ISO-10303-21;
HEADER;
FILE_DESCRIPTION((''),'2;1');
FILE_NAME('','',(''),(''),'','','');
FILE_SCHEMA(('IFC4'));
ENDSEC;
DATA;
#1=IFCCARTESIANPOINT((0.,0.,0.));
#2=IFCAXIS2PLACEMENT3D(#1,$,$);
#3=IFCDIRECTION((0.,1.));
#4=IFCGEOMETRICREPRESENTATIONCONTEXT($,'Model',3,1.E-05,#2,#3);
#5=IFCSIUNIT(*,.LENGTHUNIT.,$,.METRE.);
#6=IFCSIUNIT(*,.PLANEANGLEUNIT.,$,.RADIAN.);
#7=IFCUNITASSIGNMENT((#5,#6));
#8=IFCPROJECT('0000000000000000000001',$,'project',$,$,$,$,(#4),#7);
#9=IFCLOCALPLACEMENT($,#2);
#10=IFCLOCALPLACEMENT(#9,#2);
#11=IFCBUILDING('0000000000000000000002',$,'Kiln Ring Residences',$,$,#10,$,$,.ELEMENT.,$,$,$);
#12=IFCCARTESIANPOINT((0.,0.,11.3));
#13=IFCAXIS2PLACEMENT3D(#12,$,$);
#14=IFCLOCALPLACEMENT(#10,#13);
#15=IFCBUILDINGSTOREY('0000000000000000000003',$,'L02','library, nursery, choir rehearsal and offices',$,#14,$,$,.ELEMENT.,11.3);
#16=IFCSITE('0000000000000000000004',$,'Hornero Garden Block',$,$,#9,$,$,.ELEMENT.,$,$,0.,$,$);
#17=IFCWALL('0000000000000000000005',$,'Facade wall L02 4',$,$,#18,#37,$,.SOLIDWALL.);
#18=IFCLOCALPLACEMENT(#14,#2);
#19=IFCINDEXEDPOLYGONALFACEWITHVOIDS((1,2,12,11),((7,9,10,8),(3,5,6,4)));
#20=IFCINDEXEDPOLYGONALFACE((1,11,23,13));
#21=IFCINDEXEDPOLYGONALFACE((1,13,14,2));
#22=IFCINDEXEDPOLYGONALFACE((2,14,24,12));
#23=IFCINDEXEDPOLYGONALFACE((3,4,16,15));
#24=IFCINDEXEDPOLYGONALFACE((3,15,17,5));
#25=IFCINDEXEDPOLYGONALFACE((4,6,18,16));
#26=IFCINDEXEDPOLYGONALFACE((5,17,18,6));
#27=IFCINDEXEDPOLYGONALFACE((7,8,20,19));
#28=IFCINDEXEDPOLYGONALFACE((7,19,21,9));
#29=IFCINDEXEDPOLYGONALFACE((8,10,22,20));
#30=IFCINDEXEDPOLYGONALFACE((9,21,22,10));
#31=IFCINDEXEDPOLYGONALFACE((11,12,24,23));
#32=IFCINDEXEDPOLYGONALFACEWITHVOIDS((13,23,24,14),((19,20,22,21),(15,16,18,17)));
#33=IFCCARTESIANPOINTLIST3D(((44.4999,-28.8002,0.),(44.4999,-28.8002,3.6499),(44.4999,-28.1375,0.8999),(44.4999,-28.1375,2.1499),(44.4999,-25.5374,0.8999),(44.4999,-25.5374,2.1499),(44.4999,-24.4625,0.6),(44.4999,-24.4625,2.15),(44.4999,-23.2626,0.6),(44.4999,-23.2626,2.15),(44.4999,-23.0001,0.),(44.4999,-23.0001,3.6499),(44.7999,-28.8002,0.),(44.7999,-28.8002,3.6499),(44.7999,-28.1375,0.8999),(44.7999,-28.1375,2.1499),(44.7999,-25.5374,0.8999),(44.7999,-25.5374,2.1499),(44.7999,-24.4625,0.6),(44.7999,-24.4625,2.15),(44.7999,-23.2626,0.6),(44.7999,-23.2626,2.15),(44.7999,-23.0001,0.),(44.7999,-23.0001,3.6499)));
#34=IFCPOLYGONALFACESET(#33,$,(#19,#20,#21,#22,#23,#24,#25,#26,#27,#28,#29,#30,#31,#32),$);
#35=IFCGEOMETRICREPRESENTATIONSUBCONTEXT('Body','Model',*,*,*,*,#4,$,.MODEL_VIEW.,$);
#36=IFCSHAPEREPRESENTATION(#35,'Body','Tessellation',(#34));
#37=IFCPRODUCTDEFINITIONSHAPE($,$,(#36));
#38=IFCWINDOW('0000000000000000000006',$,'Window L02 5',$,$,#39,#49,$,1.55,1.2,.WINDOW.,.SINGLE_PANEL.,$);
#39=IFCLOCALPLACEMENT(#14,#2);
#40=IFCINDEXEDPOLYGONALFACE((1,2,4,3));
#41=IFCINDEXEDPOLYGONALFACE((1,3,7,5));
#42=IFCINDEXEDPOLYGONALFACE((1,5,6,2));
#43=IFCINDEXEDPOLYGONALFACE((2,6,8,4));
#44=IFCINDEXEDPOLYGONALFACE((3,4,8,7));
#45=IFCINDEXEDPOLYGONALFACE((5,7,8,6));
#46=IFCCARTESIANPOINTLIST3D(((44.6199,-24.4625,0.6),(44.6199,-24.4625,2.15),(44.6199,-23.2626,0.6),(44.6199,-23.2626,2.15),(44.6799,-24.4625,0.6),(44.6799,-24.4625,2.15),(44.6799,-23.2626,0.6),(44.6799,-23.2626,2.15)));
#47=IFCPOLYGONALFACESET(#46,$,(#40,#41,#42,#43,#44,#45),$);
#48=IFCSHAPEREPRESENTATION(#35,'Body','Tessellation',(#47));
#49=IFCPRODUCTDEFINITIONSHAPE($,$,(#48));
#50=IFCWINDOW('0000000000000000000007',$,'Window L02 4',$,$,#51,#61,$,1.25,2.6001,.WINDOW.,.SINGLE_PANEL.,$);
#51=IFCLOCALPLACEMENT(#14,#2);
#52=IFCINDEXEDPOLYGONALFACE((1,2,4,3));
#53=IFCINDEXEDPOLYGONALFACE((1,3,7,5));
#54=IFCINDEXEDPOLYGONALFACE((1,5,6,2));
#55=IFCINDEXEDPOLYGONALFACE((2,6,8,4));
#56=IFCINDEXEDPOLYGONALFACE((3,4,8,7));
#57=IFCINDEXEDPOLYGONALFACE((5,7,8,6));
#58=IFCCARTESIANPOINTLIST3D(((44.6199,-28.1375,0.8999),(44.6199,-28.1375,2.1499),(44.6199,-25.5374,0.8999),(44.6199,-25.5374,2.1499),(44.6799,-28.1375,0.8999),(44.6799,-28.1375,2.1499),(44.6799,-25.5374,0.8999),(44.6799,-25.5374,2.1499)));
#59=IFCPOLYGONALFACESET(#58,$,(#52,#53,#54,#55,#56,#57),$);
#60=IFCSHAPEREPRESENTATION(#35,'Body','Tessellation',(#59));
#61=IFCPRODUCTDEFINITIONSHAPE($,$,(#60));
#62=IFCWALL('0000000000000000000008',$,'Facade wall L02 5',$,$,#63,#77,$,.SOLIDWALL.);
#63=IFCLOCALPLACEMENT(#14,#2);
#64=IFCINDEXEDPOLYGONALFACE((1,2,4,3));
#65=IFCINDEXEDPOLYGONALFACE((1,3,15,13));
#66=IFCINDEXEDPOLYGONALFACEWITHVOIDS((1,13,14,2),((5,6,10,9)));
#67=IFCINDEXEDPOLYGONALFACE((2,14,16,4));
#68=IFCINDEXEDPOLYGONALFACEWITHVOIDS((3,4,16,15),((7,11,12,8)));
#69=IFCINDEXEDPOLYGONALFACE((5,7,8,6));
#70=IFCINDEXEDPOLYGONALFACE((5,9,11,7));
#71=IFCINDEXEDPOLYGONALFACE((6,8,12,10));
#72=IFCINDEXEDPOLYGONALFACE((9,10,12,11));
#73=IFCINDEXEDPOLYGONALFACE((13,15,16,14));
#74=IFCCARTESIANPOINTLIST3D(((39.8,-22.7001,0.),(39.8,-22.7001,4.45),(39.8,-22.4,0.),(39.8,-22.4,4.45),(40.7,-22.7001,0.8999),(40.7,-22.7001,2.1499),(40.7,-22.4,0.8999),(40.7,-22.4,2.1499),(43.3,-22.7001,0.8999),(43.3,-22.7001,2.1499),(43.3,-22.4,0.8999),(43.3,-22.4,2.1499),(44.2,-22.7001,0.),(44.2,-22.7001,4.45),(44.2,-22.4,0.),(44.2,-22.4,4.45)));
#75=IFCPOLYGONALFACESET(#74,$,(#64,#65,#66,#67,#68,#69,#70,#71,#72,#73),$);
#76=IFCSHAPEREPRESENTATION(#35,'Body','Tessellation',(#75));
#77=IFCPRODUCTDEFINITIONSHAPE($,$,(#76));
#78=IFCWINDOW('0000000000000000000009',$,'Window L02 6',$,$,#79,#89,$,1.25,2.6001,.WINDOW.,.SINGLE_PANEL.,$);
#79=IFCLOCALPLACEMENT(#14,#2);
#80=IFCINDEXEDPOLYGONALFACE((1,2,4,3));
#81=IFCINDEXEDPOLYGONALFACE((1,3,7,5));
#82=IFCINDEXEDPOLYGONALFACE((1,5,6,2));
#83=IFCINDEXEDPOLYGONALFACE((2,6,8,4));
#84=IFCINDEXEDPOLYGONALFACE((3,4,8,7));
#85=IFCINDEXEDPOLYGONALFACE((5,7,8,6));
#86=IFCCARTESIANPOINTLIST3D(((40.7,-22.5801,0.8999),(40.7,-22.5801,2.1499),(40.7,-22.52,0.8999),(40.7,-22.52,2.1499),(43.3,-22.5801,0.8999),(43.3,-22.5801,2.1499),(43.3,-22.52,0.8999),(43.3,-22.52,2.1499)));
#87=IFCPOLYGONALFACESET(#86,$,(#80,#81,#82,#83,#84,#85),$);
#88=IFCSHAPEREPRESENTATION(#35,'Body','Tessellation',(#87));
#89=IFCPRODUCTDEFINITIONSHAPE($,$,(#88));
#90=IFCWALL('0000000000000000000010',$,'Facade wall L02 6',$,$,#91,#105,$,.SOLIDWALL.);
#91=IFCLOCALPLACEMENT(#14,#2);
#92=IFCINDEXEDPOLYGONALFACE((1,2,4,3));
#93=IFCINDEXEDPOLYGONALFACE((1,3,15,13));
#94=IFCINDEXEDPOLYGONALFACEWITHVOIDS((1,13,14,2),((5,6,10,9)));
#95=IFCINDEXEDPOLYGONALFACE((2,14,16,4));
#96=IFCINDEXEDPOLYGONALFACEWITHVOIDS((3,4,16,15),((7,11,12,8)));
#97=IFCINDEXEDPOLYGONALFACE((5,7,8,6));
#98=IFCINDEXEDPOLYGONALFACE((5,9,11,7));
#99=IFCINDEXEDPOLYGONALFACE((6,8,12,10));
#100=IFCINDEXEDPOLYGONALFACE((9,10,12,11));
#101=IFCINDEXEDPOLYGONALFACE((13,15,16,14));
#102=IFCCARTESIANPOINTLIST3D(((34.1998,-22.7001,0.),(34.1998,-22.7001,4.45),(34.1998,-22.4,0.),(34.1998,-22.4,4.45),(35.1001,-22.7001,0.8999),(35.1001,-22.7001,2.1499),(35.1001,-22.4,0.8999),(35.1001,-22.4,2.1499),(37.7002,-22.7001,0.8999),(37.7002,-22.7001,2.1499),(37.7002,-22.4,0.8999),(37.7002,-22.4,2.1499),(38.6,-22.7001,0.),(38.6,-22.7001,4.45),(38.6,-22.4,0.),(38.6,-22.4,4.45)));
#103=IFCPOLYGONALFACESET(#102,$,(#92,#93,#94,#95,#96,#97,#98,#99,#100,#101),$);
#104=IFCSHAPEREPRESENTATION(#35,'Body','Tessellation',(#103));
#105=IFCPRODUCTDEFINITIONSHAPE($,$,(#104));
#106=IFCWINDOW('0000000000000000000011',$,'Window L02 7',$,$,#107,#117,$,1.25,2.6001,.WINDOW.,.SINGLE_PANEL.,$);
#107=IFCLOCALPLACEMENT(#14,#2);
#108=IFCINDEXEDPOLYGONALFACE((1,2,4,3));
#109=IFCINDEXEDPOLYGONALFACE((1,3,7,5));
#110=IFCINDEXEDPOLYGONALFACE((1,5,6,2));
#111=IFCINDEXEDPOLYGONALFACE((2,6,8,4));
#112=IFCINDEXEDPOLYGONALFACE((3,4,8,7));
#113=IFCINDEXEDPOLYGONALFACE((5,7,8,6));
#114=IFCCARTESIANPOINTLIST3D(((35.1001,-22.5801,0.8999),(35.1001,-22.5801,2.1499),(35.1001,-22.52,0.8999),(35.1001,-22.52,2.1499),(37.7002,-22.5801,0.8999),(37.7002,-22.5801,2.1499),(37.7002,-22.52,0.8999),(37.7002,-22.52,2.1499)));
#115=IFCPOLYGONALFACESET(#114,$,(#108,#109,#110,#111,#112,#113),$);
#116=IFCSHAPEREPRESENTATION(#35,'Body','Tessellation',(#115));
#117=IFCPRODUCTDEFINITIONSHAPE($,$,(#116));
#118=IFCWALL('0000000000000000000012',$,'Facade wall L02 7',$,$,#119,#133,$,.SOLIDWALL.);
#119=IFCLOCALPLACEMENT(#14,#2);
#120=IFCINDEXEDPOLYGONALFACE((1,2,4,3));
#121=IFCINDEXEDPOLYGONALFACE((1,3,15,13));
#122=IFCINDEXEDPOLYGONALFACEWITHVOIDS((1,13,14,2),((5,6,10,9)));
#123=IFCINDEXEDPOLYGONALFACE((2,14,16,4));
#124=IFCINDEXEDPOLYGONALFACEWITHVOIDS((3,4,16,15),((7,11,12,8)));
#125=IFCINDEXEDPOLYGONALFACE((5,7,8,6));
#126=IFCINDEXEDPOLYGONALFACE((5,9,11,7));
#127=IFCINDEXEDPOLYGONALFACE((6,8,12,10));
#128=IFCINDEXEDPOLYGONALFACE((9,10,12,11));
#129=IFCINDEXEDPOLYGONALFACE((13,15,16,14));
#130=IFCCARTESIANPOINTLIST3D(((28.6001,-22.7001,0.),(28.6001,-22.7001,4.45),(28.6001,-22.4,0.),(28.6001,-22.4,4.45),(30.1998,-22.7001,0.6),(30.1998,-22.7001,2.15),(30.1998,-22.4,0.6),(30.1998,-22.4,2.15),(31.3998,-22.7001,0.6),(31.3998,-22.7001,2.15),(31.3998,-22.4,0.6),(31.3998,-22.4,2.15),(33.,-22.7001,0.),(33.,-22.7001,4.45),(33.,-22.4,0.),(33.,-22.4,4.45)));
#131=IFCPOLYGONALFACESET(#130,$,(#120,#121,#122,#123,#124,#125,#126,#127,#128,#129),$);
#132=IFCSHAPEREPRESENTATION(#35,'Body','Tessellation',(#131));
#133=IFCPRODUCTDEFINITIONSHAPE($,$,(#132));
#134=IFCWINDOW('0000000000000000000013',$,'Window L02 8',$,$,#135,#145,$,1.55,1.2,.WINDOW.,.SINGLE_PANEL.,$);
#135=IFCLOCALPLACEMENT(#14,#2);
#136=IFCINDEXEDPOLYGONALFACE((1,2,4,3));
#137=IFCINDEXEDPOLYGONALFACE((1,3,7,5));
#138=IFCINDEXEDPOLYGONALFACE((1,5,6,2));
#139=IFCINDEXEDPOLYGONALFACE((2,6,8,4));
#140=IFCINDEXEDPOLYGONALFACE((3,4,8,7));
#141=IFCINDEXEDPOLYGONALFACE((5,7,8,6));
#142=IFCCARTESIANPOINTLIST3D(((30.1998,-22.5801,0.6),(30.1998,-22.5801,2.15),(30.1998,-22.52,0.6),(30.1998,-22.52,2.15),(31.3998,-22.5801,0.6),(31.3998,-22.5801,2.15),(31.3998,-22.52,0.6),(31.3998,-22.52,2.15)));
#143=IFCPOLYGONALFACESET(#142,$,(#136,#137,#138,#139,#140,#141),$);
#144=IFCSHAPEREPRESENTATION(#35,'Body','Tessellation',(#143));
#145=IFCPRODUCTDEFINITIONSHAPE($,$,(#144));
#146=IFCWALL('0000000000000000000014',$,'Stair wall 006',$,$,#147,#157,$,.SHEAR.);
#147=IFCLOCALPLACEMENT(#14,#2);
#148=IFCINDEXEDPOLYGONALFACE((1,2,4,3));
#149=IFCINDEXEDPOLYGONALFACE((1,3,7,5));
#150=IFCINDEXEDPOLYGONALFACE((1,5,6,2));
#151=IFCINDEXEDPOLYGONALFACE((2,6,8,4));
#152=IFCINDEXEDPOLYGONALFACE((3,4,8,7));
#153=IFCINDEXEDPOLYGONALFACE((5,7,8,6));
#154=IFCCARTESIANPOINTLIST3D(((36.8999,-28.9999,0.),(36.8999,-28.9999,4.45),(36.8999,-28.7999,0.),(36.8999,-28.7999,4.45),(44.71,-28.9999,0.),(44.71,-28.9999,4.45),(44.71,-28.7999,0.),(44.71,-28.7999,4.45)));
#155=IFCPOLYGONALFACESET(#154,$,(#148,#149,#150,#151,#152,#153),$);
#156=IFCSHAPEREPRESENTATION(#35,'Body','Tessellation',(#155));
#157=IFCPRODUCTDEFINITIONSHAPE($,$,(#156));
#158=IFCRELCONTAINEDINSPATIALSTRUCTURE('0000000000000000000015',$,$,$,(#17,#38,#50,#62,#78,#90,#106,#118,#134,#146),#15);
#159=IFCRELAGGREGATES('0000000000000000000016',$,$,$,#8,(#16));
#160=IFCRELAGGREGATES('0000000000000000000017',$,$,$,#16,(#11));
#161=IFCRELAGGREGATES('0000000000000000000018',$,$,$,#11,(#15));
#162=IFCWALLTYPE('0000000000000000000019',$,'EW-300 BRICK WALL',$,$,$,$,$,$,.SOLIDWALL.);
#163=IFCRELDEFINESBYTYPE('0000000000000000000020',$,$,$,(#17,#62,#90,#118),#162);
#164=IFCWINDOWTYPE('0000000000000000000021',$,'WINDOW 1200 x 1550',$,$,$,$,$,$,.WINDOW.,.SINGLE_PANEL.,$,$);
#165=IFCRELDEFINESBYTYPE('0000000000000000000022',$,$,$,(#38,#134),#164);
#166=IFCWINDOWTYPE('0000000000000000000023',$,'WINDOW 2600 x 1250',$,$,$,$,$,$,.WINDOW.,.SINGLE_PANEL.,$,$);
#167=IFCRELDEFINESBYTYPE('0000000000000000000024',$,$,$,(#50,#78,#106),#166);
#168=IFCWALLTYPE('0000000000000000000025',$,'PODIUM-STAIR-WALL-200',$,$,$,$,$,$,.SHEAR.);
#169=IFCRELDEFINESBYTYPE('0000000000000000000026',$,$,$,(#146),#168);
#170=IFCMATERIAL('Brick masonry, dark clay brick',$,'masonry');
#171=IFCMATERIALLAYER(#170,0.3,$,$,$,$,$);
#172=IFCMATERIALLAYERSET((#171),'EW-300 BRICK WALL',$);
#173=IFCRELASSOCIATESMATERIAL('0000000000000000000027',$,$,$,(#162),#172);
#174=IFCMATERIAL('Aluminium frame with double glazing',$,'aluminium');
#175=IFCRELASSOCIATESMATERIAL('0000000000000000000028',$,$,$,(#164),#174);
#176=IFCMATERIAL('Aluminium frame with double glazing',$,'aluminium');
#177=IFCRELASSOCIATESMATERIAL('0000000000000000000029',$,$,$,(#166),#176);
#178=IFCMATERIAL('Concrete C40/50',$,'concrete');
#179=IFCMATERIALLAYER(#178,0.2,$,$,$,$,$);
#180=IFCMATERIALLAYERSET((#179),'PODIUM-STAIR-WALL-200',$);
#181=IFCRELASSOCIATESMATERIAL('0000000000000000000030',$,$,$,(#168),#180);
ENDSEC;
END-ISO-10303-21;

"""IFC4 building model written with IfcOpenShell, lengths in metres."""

from ifc_helpers import new_model, si_unit, direction, frame, frame_2d, origin, place, context, subcontext, project, spatial, rectangle, extrude, material, layer, layer_set, type_object, element, fill, save


model = new_model("IFC4")

# Units and contexts
model_context = context("Model", 3, precision=1e-05, world=origin(), true_north=direction((0.0, 1.0)))
body_context = subcontext(model_context, "Body", "Model", "MODEL_VIEW")
ifc_project = project(units=[si_unit("LENGTHUNIT", "METRE"), si_unit("PLANEANGLEUNIT", "RADIAN")], contexts=[model_context])

# Site, building, storey
site_placement = place(None, origin())
site = spatial("IfcSite", under=ifc_project, at=site_placement, Name="Hornero Garden Block", CompositionType="ELEMENT", RefElevation=0.0)
building_placement = place(site_placement, origin())
building = spatial("IfcBuilding", under=site, at=building_placement, Name="Kiln Ring Residences", CompositionType="ELEMENT")
storey_placement = place(building_placement, frame((0.0, 0.0, 11.3)))
storey = spatial("IfcBuildingStorey", under=building, at=storey_placement, Name="L02", Description="library, nursery, choir rehearsal and offices", CompositionType="ELEMENT", Elevation=11.3)

# Wall, openings, windows
ifc_material_1 = material(Name="Brick masonry, dark clay brick", Category="masonry")
ifc_layer_1 = layer(ifc_material_1, 0.3)
ifc_layer_set_1 = layer_set([ifc_layer_1], Name="EW-300 BRICK WALL")
wall_type_1 = type_object("IfcWallType", Name="EW-300 BRICK WALL", PredefinedType="SOLIDWALL", material=ifc_layer_set_1)
wall_1_placement = place(storey_placement, frame((44.6499, -28.8, 0.0), z_axis=(0.0, 0.0, 1.0), x_axis=(0.0, 1.0, 0.0)))
wall_1 = element("IfcWall", 1, at=wall_1_placement, inside=storey, type_object=wall_type_1, Name="Facade wall L02 4", PredefinedType="SOLIDWALL", context=body_context, shape_type="SweptSolid", body=[
    extrude(rectangle(XDim=5.8, YDim=0.3, at=frame_2d((2.8999, 0.0))), origin(), (0.0, 0.0, 1.0), 3.6499),
])
opening_1_placement = place(wall_1_placement, frame((0.6626, 0.0, 0.8999)))
opening_1 = element("IfcOpeningElement", 2, at=opening_1_placement, cuts=wall_1, PredefinedType="OPENING", context=body_context, shape_type="SweptSolid", body=[
    extrude(rectangle(XDim=2.6001, YDim=1.25, at=frame_2d((1.3, 0.625))), frame((0.0, 0.1599, 0.0), z_axis=(0.0, -1.0, 0.0), x_axis=(1.0, 0.0, 0.0)), (0.0, 0.0, 1.0), 0.3201),
])
opening_2_placement = place(wall_1_placement, frame((4.3374, 0.0, 0.6001)))
opening_2 = element("IfcOpeningElement", 3, at=opening_2_placement, cuts=wall_1, PredefinedType="OPENING", context=body_context, shape_type="SweptSolid", body=[
    extrude(rectangle(XDim=1.2, YDim=1.55, at=frame_2d((0.6001, 0.7749))), frame((0.0, 0.1599, 0.0), z_axis=(0.0, -1.0, 0.0), x_axis=(1.0, 0.0, 0.0)), (0.0, 0.0, 1.0), 0.3201),
])
ifc_material_2 = material(Name="Aluminium frame with double glazing", Category="aluminium")
window_type_1 = type_object("IfcWindowType", Name="WINDOW 1200 x 1550", PartitioningType="SINGLE_PANEL", PredefinedType="WINDOW", material=ifc_material_2)
window_1_placement = place(opening_2_placement, origin())
window_1 = element("IfcWindow", 4, at=window_1_placement, inside=storey, type_object=window_type_1, Name="Window L02 5", OverallHeight=1.55, OverallWidth=1.2, PartitioningType="SINGLE_PANEL", PredefinedType="WINDOW", context=body_context, shape_type="SweptSolid", body=[
    extrude(rectangle(XDim=1.2, YDim=1.55, at=frame_2d((0.6001, 0.7749))), frame((0.0, 0.03, 0.0), z_axis=(0.0, -1.0, 0.0), x_axis=(1.0, 0.0, 0.0)), (0.0, 0.0, 1.0), 0.0601),
])
fill(opening_2, window_1)
ifc_material_3 = material(Name="Aluminium frame with double glazing", Category="aluminium")
window_type_2 = type_object("IfcWindowType", Name="WINDOW 2600 x 1250", PartitioningType="SINGLE_PANEL", PredefinedType="WINDOW", material=ifc_material_3)
window_2_placement = place(opening_1_placement, origin())
window_2 = element("IfcWindow", 5, at=window_2_placement, inside=storey, type_object=window_type_2, Name="Window L02 4", OverallHeight=1.25, OverallWidth=2.6001, PartitioningType="SINGLE_PANEL", PredefinedType="WINDOW", context=body_context, shape_type="SweptSolid", body=[
    extrude(rectangle(XDim=2.6001, YDim=1.25, at=frame_2d((1.3, 0.625))), frame((0.0, 0.03, 0.0), z_axis=(0.0, -1.0, 0.0), x_axis=(1.0, 0.0, 0.0)), (0.0, 0.0, 1.0), 0.0601),
])
fill(opening_1, window_2)

# Walls, openings, windows
wall_2_placement = place(storey_placement, frame((44.2, -22.55, 0.0), z_axis=(0.0, 0.0, 1.0), x_axis=(-1.0, 0.0, 0.0)))
wall_2 = element("IfcWall", 6, at=wall_2_placement, inside=storey, type_object=wall_type_1, Name="Facade wall L02 5", PredefinedType="SOLIDWALL", context=body_context, shape_type="SweptSolid", body=[
    extrude(rectangle(XDim=4.3999, YDim=0.3, at=frame_2d((2.2, 0.0))), origin(), (0.0, 0.0, 1.0), 4.45),
])
opening_3_placement = place(wall_2_placement, frame((0.8999, 0.0, 0.8999)))
opening_3 = element("IfcOpeningElement", 7, at=opening_3_placement, cuts=wall_2, PredefinedType="OPENING", context=body_context, shape_type="SweptSolid", body=[
    extrude(rectangle(XDim=2.6001, YDim=1.25, at=frame_2d((1.3, 0.625))), frame((0.0, 0.1599, 0.0), z_axis=(0.0, -1.0, 0.0), x_axis=(1.0, 0.0, 0.0)), (0.0, 0.0, 1.0), 0.3201),
])
window_3_placement = place(opening_3_placement, origin())
window_3 = element("IfcWindow", 8, at=window_3_placement, inside=storey, type_object=window_type_2, Name="Window L02 6", OverallHeight=1.25, OverallWidth=2.6001, PartitioningType="SINGLE_PANEL", PredefinedType="WINDOW", context=body_context, shape_type="SweptSolid", body=[
    extrude(rectangle(XDim=2.6001, YDim=1.25, at=frame_2d((1.3, 0.625))), frame((0.0, 0.03, 0.0), z_axis=(0.0, -1.0, 0.0), x_axis=(1.0, 0.0, 0.0)), (0.0, 0.0, 1.0), 0.0601),
])
fill(opening_3, window_3)
wall_3_placement = place(storey_placement, frame((38.6001, -22.55, 0.0), z_axis=(0.0, 0.0, 1.0), x_axis=(-1.0, 0.0, 0.0)))
wall_3 = element("IfcWall", 9, at=wall_3_placement, inside=storey, type_object=wall_type_1, Name="Facade wall L02 6", PredefinedType="SOLIDWALL", context=body_context, shape_type="SweptSolid", body=[
    extrude(rectangle(XDim=4.4001, YDim=0.3, at=frame_2d((2.2002, 0.0))), origin(), (0.0, 0.0, 1.0), 4.45),
])
opening_4_placement = place(wall_3_placement, frame((0.8999, 0.0, 0.8999)))
opening_4 = element("IfcOpeningElement", 10, at=opening_4_placement, cuts=wall_3, PredefinedType="OPENING", context=body_context, shape_type="SweptSolid", body=[
    extrude(rectangle(XDim=2.6001, YDim=1.25, at=frame_2d((1.3, 0.625))), frame((0.0, 0.1599, 0.0), z_axis=(0.0, -1.0, 0.0), x_axis=(1.0, 0.0, 0.0)), (0.0, 0.0, 1.0), 0.3201),
])
window_4_placement = place(opening_4_placement, origin())
window_4 = element("IfcWindow", 11, at=window_4_placement, inside=storey, type_object=window_type_2, Name="Window L02 7", OverallHeight=1.25, OverallWidth=2.6001, PartitioningType="SINGLE_PANEL", PredefinedType="WINDOW", context=body_context, shape_type="SweptSolid", body=[
    extrude(rectangle(XDim=2.6001, YDim=1.25, at=frame_2d((1.3, 0.625))), frame((0.0, 0.03, 0.0), z_axis=(0.0, -1.0, 0.0), x_axis=(1.0, 0.0, 0.0)), (0.0, 0.0, 1.0), 0.0601),
])
fill(opening_4, window_4)
wall_4_placement = place(storey_placement, frame((33.0, -22.55, 0.0), z_axis=(0.0, 0.0, 1.0), x_axis=(-1.0, 0.0, 0.0)))
wall_4 = element("IfcWall", 12, at=wall_4_placement, inside=storey, type_object=wall_type_1, Name="Facade wall L02 7", PredefinedType="SOLIDWALL", context=body_context, shape_type="SweptSolid", body=[
    extrude(rectangle(XDim=4.3999, YDim=0.3, at=frame_2d((2.2, 0.0))), origin(), (0.0, 0.0, 1.0), 4.45),
])
opening_5_placement = place(wall_4_placement, frame((1.6001, 0.0, 0.6001)))
opening_5 = element("IfcOpeningElement", 13, at=opening_5_placement, cuts=wall_4, PredefinedType="OPENING", context=body_context, shape_type="SweptSolid", body=[
    extrude(rectangle(XDim=1.2, YDim=1.55, at=frame_2d((0.6001, 0.7749))), frame((0.0, 0.1599, 0.0), z_axis=(0.0, -1.0, 0.0), x_axis=(1.0, 0.0, 0.0)), (0.0, 0.0, 1.0), 0.3201),
])
window_5_placement = place(opening_5_placement, origin())
window_5 = element("IfcWindow", 14, at=window_5_placement, inside=storey, type_object=window_type_1, Name="Window L02 8", OverallHeight=1.55, OverallWidth=1.2, PartitioningType="SINGLE_PANEL", PredefinedType="WINDOW", context=body_context, shape_type="SweptSolid", body=[
    extrude(rectangle(XDim=1.2, YDim=1.55, at=frame_2d((0.6001, 0.7749))), frame((0.0, 0.03, 0.0), z_axis=(0.0, -1.0, 0.0), x_axis=(1.0, 0.0, 0.0)), (0.0, 0.0, 1.0), 0.0601),
])
fill(opening_5, window_5)

# Wall
ifc_material_4 = material(Name="Concrete C40/50", Category="concrete")
ifc_layer_2 = layer(ifc_material_4, 0.2)
ifc_layer_set_2 = layer_set([ifc_layer_2], Name="PODIUM-STAIR-WALL-200")
wall_type_2 = type_object("IfcWallType", Name="PODIUM-STAIR-WALL-200", PredefinedType="SHEAR", material=ifc_layer_set_2)
wall_5_placement = place(storey_placement, frame((36.8999, -28.8999, 0.0), z_axis=(0.0, 0.0, 1.0), x_axis=(1.0, 0.0, 0.0)))
element("IfcWall", 15, at=wall_5_placement, inside=storey, type_object=wall_type_2, Name="Stair wall 006", PredefinedType="SHEAR", context=body_context, shape_type="SweptSolid", body=[
    extrude(rectangle(XDim=7.8101, YDim=0.2, at=frame_2d((3.905, 0.0))), origin(), (0.0, 0.0, 1.0), 4.45),
])

save(model, "model.ifc")
